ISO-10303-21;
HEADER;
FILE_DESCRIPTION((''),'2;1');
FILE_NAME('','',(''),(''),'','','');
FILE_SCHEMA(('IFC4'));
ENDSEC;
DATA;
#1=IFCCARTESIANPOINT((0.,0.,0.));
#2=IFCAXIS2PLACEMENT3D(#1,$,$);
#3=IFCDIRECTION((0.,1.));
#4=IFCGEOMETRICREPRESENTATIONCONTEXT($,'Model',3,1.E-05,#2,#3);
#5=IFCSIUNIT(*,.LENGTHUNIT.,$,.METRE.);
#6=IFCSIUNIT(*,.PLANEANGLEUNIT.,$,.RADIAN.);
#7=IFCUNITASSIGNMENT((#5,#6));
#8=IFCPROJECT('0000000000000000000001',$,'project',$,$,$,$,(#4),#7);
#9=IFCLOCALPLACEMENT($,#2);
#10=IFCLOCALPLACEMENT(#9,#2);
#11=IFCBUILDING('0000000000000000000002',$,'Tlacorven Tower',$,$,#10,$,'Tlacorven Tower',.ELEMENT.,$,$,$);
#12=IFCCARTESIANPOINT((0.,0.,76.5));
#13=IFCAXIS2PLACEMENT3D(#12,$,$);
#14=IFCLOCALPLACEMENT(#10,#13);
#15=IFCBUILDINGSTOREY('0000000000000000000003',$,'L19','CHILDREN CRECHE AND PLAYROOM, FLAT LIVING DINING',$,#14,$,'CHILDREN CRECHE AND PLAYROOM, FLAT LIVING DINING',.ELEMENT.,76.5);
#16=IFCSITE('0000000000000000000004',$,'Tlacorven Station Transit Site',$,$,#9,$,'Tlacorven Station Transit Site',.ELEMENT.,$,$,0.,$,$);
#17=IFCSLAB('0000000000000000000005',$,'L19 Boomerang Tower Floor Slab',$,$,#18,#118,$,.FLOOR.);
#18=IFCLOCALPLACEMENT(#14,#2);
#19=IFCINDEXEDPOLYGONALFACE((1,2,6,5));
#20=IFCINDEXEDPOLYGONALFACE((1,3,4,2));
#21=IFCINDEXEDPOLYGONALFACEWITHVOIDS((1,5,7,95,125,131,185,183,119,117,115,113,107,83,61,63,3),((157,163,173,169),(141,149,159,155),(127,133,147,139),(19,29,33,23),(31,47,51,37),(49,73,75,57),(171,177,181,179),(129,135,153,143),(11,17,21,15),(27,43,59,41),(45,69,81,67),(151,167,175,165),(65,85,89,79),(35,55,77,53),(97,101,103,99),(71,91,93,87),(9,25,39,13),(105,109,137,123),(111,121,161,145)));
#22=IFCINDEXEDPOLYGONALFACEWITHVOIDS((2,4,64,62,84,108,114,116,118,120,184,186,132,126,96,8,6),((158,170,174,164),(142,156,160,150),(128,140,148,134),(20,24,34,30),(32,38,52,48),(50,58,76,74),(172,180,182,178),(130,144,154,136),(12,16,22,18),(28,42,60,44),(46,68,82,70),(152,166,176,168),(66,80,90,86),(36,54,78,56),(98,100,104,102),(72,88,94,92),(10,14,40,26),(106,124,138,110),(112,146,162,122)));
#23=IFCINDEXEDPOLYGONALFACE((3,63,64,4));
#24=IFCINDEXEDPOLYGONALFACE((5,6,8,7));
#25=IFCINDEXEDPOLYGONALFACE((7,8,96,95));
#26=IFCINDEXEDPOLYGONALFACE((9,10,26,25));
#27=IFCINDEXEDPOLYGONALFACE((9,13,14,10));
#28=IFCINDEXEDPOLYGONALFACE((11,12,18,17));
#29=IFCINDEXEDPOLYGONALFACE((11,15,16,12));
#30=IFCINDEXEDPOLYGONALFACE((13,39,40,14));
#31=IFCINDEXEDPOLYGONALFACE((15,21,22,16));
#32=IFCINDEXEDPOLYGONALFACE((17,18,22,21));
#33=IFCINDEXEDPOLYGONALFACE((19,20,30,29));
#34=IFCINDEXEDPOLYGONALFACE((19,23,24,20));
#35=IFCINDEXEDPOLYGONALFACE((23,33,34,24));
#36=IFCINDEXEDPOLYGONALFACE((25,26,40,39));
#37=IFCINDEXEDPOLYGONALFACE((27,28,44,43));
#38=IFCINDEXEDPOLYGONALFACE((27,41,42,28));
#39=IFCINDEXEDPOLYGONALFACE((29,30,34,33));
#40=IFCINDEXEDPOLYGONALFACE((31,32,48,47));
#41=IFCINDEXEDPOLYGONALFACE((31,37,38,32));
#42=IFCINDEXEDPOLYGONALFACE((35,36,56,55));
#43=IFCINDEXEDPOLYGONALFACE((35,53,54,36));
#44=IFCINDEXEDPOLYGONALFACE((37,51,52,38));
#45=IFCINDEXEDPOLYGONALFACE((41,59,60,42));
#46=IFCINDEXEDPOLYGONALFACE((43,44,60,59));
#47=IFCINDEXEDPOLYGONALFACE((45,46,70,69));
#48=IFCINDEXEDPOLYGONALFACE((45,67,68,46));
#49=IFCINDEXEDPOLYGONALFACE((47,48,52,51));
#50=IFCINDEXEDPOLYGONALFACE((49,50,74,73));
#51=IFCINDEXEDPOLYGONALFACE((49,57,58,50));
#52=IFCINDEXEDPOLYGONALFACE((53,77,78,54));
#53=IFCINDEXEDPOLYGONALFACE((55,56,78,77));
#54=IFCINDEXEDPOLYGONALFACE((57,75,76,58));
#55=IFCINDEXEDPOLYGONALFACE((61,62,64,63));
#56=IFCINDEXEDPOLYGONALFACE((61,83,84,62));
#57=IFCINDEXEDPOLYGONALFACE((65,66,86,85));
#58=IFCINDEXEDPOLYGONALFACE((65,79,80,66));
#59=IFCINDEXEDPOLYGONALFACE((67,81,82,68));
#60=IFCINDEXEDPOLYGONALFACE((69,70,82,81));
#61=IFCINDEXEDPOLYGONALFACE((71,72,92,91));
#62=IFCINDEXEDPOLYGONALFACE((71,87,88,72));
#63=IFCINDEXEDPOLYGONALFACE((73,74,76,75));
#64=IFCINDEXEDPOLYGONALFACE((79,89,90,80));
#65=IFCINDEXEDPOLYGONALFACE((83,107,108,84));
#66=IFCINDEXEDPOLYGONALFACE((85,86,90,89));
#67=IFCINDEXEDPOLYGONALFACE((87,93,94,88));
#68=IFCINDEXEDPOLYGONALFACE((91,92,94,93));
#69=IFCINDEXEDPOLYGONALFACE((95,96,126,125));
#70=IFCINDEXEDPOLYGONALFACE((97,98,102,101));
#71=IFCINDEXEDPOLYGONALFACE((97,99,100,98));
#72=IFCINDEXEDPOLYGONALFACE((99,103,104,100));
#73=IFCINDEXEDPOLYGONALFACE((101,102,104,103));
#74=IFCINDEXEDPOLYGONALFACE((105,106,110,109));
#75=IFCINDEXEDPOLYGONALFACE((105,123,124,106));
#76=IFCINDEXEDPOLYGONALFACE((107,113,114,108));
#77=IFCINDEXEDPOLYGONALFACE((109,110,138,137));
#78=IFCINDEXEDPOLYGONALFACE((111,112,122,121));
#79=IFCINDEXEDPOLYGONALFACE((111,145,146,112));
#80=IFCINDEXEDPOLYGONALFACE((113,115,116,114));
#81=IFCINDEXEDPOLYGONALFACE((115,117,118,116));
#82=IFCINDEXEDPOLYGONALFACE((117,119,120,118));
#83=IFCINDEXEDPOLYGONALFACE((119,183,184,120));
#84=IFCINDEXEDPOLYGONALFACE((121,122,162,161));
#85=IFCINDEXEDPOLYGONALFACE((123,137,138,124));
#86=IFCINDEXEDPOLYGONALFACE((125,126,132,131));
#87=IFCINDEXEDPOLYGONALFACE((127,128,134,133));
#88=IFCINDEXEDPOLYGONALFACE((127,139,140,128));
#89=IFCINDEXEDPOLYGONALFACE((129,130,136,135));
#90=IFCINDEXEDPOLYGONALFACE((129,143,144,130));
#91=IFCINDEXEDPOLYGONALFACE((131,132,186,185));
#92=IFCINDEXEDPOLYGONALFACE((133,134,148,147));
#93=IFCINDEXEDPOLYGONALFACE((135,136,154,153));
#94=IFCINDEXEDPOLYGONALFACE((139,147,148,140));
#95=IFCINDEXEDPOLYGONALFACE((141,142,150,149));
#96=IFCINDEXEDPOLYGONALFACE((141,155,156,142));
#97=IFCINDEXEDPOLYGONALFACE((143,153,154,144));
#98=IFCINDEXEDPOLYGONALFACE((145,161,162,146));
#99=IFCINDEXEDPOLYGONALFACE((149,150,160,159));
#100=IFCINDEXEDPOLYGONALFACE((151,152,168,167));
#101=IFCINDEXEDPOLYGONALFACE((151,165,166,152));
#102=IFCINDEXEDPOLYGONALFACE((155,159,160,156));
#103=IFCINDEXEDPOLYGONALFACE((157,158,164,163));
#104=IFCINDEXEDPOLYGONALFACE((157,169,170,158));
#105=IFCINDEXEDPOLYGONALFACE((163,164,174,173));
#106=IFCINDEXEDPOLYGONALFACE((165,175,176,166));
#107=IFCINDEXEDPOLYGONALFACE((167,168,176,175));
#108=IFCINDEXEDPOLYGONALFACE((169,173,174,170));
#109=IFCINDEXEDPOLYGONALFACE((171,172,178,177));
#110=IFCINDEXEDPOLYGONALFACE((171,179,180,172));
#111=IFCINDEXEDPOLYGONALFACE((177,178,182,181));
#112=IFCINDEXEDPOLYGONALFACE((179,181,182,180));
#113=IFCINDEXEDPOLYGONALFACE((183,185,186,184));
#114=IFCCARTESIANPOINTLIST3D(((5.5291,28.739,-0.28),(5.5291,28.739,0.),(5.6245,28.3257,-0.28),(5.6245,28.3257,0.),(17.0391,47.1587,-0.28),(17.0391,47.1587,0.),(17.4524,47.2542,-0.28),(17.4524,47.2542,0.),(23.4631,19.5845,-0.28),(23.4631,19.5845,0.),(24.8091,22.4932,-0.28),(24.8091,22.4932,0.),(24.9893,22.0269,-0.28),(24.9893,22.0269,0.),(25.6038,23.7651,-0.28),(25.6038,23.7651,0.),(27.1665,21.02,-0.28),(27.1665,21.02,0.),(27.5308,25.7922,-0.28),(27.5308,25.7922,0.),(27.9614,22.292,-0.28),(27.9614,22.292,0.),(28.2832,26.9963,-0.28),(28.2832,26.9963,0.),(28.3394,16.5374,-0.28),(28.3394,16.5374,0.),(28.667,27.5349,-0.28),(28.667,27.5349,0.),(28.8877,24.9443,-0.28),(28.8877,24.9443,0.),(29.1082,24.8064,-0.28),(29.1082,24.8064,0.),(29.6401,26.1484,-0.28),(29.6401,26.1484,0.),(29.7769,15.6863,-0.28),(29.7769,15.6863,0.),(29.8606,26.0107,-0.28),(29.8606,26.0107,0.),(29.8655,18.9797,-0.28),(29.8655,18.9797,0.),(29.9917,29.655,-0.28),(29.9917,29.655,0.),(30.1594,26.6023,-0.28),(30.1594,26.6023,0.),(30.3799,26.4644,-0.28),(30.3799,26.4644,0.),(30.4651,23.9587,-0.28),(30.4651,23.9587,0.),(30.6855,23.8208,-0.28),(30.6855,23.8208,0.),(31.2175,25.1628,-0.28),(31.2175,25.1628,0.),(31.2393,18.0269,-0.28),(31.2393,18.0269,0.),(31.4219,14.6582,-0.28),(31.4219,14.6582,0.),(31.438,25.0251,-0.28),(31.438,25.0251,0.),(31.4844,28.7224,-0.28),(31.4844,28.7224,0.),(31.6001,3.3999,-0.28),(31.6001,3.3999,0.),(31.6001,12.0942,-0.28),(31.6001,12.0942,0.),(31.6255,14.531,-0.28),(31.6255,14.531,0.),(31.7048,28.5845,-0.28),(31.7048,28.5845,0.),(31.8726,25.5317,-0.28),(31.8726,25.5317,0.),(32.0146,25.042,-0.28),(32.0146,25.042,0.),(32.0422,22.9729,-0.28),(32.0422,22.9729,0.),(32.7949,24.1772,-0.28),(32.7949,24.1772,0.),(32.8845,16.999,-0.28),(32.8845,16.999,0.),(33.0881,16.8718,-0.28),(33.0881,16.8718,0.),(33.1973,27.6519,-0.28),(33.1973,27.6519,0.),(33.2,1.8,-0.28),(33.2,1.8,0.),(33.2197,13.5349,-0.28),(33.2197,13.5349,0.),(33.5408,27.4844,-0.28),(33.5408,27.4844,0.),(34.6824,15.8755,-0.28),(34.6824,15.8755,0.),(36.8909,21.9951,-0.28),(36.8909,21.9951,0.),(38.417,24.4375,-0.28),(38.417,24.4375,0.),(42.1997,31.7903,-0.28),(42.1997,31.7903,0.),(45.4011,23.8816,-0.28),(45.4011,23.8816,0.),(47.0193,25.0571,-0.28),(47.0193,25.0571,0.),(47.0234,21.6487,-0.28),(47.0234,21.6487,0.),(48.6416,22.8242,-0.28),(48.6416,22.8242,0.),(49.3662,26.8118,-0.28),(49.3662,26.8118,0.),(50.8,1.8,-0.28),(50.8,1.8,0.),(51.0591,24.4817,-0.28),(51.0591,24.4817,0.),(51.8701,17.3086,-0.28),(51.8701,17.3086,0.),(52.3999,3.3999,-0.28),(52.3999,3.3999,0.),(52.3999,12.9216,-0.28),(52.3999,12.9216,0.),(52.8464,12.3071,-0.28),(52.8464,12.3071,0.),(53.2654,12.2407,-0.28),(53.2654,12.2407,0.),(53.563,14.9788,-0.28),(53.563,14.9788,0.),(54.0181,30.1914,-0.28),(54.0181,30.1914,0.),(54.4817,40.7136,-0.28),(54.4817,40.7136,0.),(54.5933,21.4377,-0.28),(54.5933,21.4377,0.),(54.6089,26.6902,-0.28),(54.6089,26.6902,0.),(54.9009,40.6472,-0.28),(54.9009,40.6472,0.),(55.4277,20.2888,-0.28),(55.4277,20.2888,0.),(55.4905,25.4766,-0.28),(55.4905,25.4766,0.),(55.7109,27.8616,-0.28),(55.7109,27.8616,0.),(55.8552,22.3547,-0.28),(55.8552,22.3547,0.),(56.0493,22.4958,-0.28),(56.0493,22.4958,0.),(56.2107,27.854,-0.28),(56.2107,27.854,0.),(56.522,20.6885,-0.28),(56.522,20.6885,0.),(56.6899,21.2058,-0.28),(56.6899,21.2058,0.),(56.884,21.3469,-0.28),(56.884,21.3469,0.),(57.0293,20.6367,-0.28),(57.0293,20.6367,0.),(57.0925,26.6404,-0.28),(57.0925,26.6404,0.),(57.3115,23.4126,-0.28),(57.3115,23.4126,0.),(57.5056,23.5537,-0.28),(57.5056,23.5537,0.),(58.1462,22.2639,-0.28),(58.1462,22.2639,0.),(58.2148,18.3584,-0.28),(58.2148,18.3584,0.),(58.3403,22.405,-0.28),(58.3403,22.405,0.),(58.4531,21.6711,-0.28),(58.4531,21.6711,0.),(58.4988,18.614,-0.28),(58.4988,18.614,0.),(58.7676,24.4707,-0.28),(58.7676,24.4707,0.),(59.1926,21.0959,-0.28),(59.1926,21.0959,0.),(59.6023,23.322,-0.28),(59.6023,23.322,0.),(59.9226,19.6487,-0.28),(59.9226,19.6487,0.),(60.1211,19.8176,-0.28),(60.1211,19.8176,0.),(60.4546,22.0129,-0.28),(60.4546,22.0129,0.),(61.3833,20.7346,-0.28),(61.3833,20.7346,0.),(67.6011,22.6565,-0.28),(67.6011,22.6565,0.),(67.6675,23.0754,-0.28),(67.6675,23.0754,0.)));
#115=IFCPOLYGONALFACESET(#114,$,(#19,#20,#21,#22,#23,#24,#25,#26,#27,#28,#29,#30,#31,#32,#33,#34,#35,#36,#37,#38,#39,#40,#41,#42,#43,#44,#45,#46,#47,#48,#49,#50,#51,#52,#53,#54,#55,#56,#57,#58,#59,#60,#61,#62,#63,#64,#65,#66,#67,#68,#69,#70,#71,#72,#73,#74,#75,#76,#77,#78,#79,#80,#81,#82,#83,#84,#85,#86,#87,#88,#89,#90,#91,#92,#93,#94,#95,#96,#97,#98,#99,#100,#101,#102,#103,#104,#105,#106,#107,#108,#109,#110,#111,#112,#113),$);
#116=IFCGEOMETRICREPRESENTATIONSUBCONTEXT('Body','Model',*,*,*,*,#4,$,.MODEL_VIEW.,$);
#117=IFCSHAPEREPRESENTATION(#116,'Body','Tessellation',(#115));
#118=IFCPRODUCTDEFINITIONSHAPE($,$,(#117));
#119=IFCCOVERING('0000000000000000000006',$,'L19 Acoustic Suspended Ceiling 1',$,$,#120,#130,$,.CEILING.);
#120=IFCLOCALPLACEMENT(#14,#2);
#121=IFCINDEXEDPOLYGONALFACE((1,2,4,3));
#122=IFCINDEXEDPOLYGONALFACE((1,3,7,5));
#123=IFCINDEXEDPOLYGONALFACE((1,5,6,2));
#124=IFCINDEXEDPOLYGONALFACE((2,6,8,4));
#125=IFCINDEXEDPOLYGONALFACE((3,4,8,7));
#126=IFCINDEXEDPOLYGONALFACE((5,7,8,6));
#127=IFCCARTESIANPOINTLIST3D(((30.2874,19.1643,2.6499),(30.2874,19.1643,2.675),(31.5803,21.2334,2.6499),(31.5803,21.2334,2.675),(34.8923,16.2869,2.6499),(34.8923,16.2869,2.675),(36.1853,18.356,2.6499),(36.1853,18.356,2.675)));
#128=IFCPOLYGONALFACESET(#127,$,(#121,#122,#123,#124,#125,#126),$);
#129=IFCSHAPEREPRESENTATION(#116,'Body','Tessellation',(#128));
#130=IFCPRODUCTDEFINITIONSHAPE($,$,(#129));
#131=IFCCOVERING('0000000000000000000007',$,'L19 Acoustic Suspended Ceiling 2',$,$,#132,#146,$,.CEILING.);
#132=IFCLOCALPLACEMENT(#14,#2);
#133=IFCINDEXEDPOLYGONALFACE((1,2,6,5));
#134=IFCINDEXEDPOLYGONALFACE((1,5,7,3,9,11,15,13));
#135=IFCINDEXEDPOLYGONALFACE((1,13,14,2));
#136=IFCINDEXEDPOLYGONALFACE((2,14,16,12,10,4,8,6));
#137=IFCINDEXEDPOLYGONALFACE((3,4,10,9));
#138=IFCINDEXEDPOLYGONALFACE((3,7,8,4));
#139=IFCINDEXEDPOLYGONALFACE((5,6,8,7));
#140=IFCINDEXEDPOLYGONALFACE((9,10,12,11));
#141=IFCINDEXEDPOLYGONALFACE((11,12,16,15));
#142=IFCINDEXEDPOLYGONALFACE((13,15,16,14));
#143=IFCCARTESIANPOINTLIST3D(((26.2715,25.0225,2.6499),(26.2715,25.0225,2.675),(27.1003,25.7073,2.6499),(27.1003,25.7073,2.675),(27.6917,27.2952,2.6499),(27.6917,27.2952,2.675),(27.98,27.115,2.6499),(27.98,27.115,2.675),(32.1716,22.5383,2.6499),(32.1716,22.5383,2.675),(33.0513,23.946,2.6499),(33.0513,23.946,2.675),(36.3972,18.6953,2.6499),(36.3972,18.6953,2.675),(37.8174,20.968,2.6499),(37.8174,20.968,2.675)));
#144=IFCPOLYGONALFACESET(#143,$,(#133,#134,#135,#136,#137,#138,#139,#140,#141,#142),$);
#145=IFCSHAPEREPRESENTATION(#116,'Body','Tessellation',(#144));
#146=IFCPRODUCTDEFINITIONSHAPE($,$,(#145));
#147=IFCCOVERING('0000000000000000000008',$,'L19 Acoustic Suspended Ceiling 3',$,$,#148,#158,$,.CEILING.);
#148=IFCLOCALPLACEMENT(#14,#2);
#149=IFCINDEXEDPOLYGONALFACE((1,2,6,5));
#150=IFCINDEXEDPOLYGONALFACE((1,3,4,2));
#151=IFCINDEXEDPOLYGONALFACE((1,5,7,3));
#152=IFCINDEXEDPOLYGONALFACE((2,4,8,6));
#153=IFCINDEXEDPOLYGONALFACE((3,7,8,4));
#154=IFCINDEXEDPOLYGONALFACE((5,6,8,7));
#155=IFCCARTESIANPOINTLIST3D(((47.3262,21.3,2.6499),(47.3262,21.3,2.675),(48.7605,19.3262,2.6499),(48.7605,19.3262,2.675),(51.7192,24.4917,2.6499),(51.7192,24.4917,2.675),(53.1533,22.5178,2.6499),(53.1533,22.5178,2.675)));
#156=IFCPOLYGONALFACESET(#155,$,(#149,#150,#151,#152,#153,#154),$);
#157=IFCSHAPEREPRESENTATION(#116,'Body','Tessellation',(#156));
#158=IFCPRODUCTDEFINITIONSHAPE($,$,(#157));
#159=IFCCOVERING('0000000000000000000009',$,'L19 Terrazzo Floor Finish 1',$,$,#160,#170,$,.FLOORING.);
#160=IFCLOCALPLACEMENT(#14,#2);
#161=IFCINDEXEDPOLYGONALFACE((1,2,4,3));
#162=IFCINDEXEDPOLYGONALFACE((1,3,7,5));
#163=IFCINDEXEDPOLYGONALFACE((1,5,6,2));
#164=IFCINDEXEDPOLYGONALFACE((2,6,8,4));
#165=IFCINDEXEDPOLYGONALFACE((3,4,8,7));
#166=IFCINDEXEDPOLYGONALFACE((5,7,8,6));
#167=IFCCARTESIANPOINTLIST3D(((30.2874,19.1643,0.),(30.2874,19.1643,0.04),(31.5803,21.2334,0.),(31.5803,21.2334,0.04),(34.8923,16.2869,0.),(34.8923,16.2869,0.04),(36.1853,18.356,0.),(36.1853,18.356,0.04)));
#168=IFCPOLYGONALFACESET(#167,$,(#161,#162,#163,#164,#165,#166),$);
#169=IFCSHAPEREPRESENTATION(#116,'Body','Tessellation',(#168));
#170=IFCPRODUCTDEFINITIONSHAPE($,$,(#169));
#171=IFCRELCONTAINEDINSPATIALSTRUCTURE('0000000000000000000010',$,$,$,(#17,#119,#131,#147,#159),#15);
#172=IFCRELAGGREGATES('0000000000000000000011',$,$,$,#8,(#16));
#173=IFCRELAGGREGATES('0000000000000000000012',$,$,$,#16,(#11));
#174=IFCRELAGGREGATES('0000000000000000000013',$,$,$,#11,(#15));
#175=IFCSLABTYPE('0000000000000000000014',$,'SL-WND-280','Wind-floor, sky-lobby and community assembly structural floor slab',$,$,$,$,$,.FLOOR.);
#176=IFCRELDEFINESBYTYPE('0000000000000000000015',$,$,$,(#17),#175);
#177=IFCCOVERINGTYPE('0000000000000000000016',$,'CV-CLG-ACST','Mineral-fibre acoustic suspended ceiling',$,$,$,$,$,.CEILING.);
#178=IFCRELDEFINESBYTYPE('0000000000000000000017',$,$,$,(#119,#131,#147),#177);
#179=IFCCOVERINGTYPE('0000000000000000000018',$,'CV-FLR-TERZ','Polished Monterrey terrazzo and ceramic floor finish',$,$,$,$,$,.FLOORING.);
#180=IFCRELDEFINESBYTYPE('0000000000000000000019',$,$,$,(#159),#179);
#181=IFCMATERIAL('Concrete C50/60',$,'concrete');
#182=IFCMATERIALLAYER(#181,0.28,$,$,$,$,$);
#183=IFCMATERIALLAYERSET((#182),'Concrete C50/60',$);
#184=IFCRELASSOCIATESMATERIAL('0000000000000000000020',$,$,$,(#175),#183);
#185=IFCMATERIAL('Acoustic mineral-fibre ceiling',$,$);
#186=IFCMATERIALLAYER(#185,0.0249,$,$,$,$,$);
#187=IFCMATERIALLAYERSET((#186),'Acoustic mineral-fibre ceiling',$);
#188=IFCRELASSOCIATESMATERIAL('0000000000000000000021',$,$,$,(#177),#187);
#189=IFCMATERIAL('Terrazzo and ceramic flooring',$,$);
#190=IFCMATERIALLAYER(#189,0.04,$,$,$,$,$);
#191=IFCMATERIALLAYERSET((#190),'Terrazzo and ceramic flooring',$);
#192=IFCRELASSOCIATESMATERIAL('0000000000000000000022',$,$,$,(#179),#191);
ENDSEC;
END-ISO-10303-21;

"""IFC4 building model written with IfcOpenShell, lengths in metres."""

from ifc_helpers import new_model, si_unit, direction, frame, origin, place, context, subcontext, project, spatial, polyline, outline, extrude, material, layer, layer_set, type_object, element, save


model = new_model("IFC4")

# Units and contexts
model_context = context("Model", 3, precision=1e-05, world=origin(), true_north=direction((0.0, 1.0)))
body_context = subcontext(model_context, "Body", "Model", "MODEL_VIEW")
ifc_project = project(units=[si_unit("LENGTHUNIT", "METRE"), si_unit("PLANEANGLEUNIT", "RADIAN")], contexts=[model_context])

# Site, building, storey
site_placement = place(None, origin())
site = spatial("IfcSite", under=ifc_project, at=site_placement, Name="Tlacorven Station Transit Site", LongName="Tlacorven Station Transit Site", CompositionType="ELEMENT", RefElevation=0.0)
building_placement = place(site_placement, origin())
building = spatial("IfcBuilding", under=site, at=building_placement, Name="Tlacorven Tower", LongName="Tlacorven Tower", CompositionType="ELEMENT")
storey_placement = place(building_placement, frame((0.0, 0.0, 76.5)))
storey = spatial("IfcBuildingStorey", under=building, at=storey_placement, Name="L19", Description="CHILDREN CRECHE AND PLAYROOM, FLAT LIVING DINING", LongName="CHILDREN CRECHE AND PLAYROOM, FLAT LIVING DINING", CompositionType="ELEMENT", Elevation=76.5)

# Slab
ifc_material_1 = material(Name="Concrete C50/60", Category="concrete")
ifc_layer_1 = layer(ifc_material_1, 0.28)
ifc_layer_set_1 = layer_set([ifc_layer_1], Name="Concrete C50/60")
slab_type_1 = type_object("IfcSlabType", Name="SL-WND-280", Description="Wind-floor, sky-lobby and community assembly structural floor slab", PredefinedType="FLOOR", material=ifc_layer_set_1)
slab_1_placement = place(storey_placement, frame((0.0, 0.0, -0.28)))
element("IfcSlab", 1, at=slab_1_placement, inside=storey, type_object=slab_type_1, Name="L19 Boomerang Tower Floor Slab", PredefinedType="FLOOR", context=body_context, shape_type="SweptSolid", body=[
    extrude(outline(polyline([(52.3999, 3.3999), (50.8, 1.8), (33.2, 1.8), (31.6001, 3.3999), (31.6001, 12.0942), (5.6245, 28.3257), (5.5291, 28.739), (17.0391, 47.1587), (17.4524, 47.2542), (42.1997, 31.7903), (54.4817, 40.7136), (54.9009, 40.6472), (67.6675, 23.0754), (67.6011, 22.6565), (53.2654, 12.2407), (52.8464, 12.3071), (52.3999, 12.9216), (52.3999, 3.3999)]), holes=[polyline([(29.8655, 18.9797), (24.9893, 22.0269), (23.4631, 19.5845), (28.3394, 16.5374), (29.8655, 18.9797)]), polyline([(38.417, 24.4375), (33.5408, 27.4844), (32.0146, 25.042), (36.8909, 21.9951), (38.417, 24.4375)]), polyline([(51.0591, 24.4817), (55.7109, 27.8616), (54.0181, 30.1914), (49.3662, 26.8118), (51.0591, 24.4817)]), polyline([(53.563, 14.9788), (58.2148, 18.3584), (56.522, 20.6885), (51.8701, 17.3086), (53.563, 14.9788)]), polyline([(34.6824, 15.8755), (33.0881, 16.8718), (31.6255, 14.531), (33.2197, 13.5349), (34.6824, 15.8755)]), polyline([(32.8845, 16.999), (31.2393, 18.0269), (29.7769, 15.6863), (31.4219, 14.6582), (32.8845, 16.999)]), polyline([(47.0234, 21.6487), (48.6416, 22.8242), (47.0193, 25.0571), (45.4011, 23.8816), (47.0234, 21.6487)]), polyline([(33.1973, 27.6519), (31.7048, 28.5845), (30.3799, 26.4644), (31.8726, 25.5317), (33.1973, 27.6519)]), polyline([(31.4844, 28.7224), (29.9917, 29.655), (28.667, 27.5349), (30.1594, 26.6023), (31.4844, 28.7224)]), polyline([(32.7949, 24.1772), (31.438, 25.0251), (30.6855, 23.8208), (32.0422, 22.9729), (32.7949, 24.1772)]), polyline([(31.2175, 25.1628), (29.8606, 26.0107), (29.1082, 24.8064), (30.4651, 23.9587), (31.2175, 25.1628)]), polyline([(29.6401, 26.1484), (28.2832, 26.9963), (27.5308, 25.7922), (28.8877, 24.9443), (29.6401, 26.1484)]), polyline([(55.4277, 20.2888), (56.6899, 21.2058), (55.8552, 22.3547), (54.5933, 21.4377), (55.4277, 20.2888)]), polyline([(56.884, 21.3469), (58.1462, 22.2639), (57.3115, 23.4126), (56.0493, 22.4958), (56.884, 21.3469)]), polyline([(58.3403, 22.405), (59.6023, 23.322), (58.7676, 24.4707), (57.5056, 23.5537), (58.3403, 22.405)]), polyline([(58.4988, 18.614), (59.9226, 19.6487), (58.4531, 21.6711), (57.0293, 20.6367), (58.4988, 18.614)]), polyline([(27.9614, 22.292), (25.6038, 23.7651), (24.8091, 22.4932), (27.1665, 21.02), (27.9614, 22.292)]), polyline([(55.4905, 25.4766), (57.0925, 26.6404), (56.2107, 27.854), (54.6089, 26.6902), (55.4905, 25.4766)]), polyline([(60.1211, 19.8176), (61.3833, 20.7346), (60.4546, 22.0129), (59.1926, 21.0959), (60.1211, 19.8176)])]), origin(), (0.0, 0.0, 1.0), 0.28),
])

# Coverings
ifc_material_2 = material(Name="Acoustic mineral-fibre ceiling")
ifc_layer_2 = layer(ifc_material_2, 0.0249)
ifc_layer_set_2 = layer_set([ifc_layer_2], Name="Acoustic mineral-fibre ceiling")
covering_type_1 = type_object("IfcCoveringType", Name="CV-CLG-ACST", Description="Mineral-fibre acoustic suspended ceiling", PredefinedType="CEILING", material=ifc_layer_set_2)
covering_1_placement = place(storey_placement, frame((0.0, 0.0, 2.6499)))
element("IfcCovering", 2, at=covering_1_placement, inside=storey, type_object=covering_type_1, Name="L19 Acoustic Suspended Ceiling 1", PredefinedType="CEILING", context=body_context, shape_type="SweptSolid", body=[
    extrude(outline(polyline([(36.1853, 18.356), (34.8923, 16.2869), (30.2874, 19.1643), (31.5803, 21.2334), (36.1853, 18.356)])), origin(), (0.0, 0.0, 1.0), 0.0251),
])
covering_2_placement = place(storey_placement, frame((0.0, 0.0, 2.6499)))
element("IfcCovering", 3, at=covering_2_placement, inside=storey, type_object=covering_type_1, Name="L19 Acoustic Suspended Ceiling 2", PredefinedType="CEILING", context=body_context, shape_type="SweptSolid", body=[
    extrude(outline(polyline([(37.8174, 20.968), (36.3972, 18.6953), (26.2715, 25.0225), (27.6917, 27.2952), (27.98, 27.115), (27.1003, 25.7073), (32.1716, 22.5383), (33.0513, 23.946), (37.8174, 20.968)])), origin(), (0.0, 0.0, 1.0), 0.0251),
])
covering_3_placement = place(storey_placement, frame((0.0, 0.0, 2.6499)))
element("IfcCovering", 4, at=covering_3_placement, inside=storey, type_object=covering_type_1, Name="L19 Acoustic Suspended Ceiling 3", PredefinedType="CEILING", context=body_context, shape_type="SweptSolid", body=[
    extrude(outline(polyline([(48.7605, 19.3262), (47.3262, 21.3), (51.7192, 24.4917), (53.1533, 22.5178), (48.7605, 19.3262)])), origin(), (0.0, 0.0, 1.0), 0.0251),
])
ifc_material_3 = material(Name="Terrazzo and ceramic flooring")
ifc_layer_3 = layer(ifc_material_3, 0.04)
ifc_layer_set_3 = layer_set([ifc_layer_3], Name="Terrazzo and ceramic flooring")
covering_type_2 = type_object("IfcCoveringType", Name="CV-FLR-TERZ", Description="Polished Monterrey terrazzo and ceramic floor finish", PredefinedType="FLOORING", material=ifc_layer_set_3)
covering_4_placement = place(storey_placement, origin())
element("IfcCovering", 5, at=covering_4_placement, inside=storey, type_object=covering_type_2, Name="L19 Terrazzo Floor Finish 1", PredefinedType="FLOORING", context=body_context, shape_type="SweptSolid", body=[
    extrude(outline(polyline([(36.1853, 18.356), (34.8923, 16.2869), (30.2874, 19.1643), (31.5803, 21.2334), (36.1853, 18.356)])), origin(), (0.0, 0.0, 1.0), 0.04),
])

save(model, "model.ifc")
